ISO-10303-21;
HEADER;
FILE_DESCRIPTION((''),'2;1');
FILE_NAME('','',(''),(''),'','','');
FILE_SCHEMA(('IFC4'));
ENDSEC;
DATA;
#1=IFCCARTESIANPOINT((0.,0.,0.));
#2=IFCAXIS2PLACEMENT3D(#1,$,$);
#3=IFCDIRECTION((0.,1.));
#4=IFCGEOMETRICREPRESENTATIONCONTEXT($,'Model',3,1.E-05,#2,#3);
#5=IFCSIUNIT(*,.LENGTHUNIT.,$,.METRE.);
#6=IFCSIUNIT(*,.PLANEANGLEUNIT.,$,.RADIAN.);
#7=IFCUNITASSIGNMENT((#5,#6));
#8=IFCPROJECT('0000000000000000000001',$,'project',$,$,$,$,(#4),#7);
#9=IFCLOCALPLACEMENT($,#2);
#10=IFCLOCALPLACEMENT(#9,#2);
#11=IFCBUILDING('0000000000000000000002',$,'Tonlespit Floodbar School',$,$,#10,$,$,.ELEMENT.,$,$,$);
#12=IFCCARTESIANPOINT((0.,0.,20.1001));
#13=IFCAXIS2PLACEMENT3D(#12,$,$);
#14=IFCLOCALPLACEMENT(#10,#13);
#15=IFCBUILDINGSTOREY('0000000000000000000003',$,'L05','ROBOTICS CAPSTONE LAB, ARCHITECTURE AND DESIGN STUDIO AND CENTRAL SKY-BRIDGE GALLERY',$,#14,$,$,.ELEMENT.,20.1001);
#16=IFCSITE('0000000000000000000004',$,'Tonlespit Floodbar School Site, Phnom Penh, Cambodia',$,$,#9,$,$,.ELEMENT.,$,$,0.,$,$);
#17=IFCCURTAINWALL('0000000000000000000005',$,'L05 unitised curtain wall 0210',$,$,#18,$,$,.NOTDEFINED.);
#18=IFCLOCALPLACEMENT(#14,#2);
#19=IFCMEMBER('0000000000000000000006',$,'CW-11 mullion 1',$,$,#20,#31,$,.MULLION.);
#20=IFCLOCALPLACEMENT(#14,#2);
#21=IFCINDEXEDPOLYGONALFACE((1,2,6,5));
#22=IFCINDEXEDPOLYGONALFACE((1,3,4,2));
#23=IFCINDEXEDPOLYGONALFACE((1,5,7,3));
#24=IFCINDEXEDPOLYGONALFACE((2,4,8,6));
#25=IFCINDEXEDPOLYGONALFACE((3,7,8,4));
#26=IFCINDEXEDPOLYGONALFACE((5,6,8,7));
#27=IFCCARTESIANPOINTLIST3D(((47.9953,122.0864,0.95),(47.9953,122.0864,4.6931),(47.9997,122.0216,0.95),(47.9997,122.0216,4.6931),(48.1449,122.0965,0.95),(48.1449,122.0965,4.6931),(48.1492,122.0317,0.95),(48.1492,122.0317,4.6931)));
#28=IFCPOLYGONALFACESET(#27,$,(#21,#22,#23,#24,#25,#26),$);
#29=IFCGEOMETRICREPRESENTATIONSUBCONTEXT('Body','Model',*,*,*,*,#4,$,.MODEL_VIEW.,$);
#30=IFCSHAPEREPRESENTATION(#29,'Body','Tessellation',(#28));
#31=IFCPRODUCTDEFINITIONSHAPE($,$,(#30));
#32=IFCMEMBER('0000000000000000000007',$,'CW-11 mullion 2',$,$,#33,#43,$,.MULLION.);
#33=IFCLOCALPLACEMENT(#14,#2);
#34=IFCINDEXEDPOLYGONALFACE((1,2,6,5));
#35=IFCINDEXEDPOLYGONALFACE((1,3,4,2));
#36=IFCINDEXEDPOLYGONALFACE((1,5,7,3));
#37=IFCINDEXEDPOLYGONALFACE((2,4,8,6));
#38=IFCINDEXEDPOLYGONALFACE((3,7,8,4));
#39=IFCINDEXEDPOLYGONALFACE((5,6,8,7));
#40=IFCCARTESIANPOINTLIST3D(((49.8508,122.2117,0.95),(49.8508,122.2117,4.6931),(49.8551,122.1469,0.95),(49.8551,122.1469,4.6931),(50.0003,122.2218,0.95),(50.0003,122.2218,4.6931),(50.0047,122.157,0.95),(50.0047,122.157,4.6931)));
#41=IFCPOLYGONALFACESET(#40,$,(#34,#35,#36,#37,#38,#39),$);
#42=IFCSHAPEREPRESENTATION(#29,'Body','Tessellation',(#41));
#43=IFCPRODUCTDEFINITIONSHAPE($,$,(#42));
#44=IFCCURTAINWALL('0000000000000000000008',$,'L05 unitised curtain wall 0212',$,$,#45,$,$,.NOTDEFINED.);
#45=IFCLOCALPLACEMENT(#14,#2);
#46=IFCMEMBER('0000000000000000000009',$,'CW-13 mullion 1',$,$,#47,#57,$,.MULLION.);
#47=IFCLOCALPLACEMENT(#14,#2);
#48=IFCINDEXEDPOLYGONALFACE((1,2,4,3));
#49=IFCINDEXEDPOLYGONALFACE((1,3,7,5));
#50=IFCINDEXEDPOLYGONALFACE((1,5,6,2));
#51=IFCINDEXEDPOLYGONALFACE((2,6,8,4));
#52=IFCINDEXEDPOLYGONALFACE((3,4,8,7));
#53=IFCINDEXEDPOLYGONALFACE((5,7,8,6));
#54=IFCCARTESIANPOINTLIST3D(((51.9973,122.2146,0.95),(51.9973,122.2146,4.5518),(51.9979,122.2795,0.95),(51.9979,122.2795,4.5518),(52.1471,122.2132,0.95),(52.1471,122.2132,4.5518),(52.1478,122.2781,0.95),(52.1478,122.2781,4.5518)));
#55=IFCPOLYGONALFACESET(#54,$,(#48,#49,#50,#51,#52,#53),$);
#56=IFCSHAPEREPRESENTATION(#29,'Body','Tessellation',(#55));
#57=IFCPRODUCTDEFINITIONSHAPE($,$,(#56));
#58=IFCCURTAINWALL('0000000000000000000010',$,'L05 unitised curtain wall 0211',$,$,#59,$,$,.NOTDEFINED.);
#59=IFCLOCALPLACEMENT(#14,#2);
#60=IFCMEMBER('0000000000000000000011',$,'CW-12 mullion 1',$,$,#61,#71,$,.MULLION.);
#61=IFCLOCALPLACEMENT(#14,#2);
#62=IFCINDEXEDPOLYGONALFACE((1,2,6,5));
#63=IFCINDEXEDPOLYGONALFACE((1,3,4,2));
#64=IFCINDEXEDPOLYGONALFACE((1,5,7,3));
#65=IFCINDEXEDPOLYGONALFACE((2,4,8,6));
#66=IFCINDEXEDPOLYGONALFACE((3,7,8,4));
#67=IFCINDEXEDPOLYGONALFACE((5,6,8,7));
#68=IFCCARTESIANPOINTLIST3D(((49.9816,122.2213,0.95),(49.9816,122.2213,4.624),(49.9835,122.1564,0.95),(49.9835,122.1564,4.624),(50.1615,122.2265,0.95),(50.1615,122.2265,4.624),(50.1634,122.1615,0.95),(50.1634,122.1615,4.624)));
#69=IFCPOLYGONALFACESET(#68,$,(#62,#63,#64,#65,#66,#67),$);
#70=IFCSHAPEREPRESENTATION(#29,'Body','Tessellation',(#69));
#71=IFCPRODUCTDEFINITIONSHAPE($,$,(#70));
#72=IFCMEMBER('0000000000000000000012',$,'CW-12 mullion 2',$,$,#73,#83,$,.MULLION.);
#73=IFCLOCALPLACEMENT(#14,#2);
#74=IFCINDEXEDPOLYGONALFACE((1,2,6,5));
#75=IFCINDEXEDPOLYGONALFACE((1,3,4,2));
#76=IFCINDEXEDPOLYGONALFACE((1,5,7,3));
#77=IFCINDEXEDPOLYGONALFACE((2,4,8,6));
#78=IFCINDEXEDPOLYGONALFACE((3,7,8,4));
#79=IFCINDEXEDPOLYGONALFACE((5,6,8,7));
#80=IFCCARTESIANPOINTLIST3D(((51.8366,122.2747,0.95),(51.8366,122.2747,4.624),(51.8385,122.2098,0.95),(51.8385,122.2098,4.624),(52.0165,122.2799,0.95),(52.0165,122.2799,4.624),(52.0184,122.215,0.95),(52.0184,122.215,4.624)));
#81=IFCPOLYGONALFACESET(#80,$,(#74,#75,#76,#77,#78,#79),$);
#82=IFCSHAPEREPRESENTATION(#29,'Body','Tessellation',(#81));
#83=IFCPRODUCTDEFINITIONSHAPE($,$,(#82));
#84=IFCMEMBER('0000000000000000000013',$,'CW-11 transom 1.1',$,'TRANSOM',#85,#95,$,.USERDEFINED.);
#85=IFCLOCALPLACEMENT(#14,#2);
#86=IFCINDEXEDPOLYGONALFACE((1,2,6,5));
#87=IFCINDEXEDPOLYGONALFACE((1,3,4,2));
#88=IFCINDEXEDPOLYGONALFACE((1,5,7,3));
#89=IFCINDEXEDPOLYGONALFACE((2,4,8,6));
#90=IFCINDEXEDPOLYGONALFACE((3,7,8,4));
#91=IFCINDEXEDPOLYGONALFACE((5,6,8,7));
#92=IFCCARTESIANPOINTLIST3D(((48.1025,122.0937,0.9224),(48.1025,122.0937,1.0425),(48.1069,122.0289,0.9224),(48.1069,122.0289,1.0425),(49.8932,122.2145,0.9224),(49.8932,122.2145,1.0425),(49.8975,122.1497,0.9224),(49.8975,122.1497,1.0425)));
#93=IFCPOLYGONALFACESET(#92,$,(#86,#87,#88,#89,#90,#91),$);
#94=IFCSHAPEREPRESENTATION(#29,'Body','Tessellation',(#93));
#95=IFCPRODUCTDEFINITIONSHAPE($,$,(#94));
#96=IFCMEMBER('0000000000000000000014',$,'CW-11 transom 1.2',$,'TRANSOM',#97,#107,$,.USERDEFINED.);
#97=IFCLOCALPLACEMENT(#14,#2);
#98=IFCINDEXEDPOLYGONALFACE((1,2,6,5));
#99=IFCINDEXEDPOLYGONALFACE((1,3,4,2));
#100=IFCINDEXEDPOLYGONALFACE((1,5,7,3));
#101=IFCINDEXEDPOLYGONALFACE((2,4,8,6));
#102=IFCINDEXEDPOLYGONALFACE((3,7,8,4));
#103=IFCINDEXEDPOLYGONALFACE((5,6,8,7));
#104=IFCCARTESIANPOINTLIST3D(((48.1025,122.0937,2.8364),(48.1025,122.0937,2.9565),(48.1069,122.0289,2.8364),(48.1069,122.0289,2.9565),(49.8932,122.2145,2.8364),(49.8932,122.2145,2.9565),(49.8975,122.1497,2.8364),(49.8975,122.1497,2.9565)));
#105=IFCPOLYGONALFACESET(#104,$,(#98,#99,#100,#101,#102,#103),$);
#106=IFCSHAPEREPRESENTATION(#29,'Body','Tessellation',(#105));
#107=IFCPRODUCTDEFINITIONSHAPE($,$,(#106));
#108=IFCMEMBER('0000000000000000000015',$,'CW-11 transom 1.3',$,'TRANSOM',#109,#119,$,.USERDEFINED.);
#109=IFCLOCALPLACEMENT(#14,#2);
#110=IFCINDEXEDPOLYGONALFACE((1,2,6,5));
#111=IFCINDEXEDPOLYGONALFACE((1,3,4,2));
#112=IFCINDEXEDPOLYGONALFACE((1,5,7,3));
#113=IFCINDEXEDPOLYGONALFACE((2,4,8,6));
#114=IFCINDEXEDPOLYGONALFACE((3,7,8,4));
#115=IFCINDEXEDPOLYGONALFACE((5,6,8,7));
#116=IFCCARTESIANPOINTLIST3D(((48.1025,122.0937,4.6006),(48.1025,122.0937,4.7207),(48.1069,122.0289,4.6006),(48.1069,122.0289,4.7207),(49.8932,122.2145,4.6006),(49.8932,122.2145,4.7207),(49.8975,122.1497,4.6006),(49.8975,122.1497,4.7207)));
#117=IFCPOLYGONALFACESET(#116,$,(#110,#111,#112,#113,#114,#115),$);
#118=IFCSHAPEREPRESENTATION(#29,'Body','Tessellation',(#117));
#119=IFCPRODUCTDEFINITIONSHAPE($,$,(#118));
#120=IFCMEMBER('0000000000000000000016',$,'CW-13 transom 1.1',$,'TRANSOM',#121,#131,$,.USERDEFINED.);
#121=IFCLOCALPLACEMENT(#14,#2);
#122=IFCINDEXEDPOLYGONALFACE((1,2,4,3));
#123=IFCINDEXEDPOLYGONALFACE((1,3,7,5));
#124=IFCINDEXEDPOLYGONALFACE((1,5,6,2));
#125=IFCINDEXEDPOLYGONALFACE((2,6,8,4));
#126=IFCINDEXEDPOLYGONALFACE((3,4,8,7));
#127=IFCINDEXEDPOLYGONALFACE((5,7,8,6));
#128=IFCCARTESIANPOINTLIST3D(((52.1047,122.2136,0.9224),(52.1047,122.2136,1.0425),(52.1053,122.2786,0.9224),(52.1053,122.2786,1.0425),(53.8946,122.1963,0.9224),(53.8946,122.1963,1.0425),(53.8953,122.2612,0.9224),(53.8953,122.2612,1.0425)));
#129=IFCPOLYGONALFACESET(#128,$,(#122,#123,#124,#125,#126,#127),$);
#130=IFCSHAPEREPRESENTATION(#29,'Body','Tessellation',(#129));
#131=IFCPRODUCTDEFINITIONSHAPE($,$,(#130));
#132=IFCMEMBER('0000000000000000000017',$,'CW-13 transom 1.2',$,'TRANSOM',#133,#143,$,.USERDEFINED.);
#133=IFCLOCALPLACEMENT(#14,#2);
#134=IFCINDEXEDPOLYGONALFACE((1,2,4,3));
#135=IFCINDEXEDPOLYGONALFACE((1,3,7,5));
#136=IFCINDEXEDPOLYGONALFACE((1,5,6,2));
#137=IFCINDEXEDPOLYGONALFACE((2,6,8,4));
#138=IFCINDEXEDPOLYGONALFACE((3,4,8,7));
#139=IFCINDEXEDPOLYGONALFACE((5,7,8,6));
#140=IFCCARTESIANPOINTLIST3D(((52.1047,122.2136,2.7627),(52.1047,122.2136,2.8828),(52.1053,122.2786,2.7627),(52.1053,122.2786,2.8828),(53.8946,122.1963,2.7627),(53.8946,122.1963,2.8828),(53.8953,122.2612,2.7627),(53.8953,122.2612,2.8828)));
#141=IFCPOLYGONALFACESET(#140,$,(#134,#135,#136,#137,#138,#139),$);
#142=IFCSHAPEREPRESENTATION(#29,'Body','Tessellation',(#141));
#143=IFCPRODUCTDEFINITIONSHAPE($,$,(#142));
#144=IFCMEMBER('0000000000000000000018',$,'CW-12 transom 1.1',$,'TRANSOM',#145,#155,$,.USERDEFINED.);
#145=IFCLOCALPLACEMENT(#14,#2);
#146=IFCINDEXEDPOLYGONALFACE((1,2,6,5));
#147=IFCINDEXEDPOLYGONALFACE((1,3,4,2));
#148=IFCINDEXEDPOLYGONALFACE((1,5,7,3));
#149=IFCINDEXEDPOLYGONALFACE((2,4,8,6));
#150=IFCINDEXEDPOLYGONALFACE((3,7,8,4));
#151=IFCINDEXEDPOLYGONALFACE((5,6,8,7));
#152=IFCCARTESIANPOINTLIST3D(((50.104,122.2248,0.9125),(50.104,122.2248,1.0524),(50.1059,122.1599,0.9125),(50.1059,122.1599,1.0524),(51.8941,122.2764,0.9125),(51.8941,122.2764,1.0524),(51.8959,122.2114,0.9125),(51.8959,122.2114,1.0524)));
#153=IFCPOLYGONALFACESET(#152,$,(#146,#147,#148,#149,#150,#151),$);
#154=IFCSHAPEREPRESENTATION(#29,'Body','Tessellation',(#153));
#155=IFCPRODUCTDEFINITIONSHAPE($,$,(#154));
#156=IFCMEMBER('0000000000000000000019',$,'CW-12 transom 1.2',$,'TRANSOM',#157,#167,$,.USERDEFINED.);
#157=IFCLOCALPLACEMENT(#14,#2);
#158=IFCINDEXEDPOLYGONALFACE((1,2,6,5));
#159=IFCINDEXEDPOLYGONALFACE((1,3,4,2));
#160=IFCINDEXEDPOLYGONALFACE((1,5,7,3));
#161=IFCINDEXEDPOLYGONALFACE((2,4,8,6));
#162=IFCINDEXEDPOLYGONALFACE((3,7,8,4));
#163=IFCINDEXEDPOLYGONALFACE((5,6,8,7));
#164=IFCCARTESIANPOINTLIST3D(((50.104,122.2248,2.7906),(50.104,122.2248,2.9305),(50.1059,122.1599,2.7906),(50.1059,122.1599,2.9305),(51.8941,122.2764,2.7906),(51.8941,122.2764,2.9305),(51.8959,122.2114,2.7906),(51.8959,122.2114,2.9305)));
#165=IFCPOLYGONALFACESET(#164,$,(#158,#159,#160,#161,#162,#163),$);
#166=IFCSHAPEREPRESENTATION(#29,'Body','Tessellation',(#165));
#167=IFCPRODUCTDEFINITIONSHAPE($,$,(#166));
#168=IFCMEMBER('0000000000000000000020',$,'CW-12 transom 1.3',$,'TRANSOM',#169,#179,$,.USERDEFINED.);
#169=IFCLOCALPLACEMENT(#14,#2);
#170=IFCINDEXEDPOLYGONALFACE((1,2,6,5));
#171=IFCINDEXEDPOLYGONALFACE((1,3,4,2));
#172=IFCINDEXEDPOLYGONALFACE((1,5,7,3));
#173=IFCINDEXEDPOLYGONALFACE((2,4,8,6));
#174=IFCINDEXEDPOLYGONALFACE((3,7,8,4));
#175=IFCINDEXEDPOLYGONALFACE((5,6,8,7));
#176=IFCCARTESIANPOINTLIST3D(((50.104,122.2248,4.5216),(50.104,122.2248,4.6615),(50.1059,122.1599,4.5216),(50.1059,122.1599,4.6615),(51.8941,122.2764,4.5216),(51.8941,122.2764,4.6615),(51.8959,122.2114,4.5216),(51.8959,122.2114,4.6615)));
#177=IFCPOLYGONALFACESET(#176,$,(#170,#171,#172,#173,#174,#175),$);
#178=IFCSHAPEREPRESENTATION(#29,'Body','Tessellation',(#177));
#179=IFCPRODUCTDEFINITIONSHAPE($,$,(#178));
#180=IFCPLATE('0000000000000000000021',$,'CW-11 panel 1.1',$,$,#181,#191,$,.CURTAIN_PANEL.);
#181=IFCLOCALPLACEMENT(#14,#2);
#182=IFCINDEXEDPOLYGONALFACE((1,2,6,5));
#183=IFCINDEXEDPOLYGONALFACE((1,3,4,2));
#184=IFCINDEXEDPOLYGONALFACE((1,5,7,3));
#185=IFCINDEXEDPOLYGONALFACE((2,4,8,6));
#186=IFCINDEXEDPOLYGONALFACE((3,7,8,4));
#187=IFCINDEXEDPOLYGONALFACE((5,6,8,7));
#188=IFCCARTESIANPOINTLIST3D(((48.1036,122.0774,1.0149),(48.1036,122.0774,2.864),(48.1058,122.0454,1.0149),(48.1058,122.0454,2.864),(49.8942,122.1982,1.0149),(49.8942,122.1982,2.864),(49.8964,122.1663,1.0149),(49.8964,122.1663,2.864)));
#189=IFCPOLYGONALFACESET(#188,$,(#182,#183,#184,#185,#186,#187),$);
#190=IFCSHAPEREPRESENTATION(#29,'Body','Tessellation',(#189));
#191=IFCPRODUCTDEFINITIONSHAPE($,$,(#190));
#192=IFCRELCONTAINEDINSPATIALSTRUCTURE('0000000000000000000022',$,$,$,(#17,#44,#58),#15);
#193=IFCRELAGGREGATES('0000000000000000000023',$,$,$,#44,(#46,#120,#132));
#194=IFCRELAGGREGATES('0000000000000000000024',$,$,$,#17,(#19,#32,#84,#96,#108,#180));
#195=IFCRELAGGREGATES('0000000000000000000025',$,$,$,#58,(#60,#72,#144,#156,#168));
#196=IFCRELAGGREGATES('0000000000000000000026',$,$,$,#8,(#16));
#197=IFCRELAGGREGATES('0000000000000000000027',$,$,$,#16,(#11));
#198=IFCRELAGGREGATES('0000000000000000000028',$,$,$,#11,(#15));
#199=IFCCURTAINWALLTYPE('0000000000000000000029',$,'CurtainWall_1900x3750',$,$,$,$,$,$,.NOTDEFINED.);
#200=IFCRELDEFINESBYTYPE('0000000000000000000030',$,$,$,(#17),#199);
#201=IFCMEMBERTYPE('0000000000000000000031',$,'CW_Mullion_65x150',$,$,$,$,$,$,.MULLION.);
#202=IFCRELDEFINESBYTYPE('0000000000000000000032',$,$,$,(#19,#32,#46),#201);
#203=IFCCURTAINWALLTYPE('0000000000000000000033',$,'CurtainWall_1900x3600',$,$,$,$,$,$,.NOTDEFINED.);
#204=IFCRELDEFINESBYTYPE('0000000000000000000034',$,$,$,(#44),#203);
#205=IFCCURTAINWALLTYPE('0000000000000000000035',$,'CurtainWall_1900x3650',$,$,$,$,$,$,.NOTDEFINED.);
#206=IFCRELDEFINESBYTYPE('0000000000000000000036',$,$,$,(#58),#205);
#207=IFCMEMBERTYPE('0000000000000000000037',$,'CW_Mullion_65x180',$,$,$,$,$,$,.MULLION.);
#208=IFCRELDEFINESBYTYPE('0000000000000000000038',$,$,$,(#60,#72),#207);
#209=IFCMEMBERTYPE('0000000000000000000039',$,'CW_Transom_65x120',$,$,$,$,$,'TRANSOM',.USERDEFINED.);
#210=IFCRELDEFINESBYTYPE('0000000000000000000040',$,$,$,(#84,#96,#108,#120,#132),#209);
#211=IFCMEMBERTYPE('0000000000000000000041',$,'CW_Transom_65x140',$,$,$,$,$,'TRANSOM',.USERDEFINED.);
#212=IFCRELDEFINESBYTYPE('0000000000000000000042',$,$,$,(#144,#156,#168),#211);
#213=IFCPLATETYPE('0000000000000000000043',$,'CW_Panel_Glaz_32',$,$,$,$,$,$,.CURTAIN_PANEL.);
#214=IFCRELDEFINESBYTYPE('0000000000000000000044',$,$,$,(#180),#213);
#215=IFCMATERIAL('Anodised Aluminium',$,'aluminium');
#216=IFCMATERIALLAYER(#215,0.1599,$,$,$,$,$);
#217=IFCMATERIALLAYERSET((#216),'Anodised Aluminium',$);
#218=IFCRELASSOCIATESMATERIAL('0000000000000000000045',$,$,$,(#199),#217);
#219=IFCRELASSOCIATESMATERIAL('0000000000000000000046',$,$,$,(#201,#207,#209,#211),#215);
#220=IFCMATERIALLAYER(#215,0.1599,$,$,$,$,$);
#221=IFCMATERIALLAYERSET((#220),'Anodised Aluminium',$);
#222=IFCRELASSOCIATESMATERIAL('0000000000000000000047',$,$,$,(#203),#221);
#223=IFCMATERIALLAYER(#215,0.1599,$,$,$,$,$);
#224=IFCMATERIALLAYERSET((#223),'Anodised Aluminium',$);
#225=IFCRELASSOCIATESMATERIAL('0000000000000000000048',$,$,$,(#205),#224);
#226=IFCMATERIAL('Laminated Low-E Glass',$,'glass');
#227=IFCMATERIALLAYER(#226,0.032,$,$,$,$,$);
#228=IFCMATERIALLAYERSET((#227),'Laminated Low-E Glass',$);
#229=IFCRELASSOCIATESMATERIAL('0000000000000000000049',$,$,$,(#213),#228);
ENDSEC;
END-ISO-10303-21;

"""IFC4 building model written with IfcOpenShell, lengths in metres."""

from ifc_helpers import new_model, si_unit, direction, frame, origin, origin_2d, place, context, subcontext, project, spatial, rectangle, extrude, material, layer, layer_set, material_profile, profile_set, type_object, element, aggregate, save


model = new_model("IFC4")

# Units and contexts
model_context = context("Model", 3, precision=1e-05, world=origin(), true_north=direction((0.0, 1.0)))
body_context = subcontext(model_context, "Body", "Model", "MODEL_VIEW")
ifc_project = project(units=[si_unit("LENGTHUNIT", "METRE"), si_unit("PLANEANGLEUNIT", "RADIAN")], contexts=[model_context])

# Site, building, storey
site_placement = place(None, origin())
site = spatial("IfcSite", under=ifc_project, at=site_placement, Name="Tonlespit Floodbar School Site, Phnom Penh, Cambodia", CompositionType="ELEMENT", RefElevation=0.0)
building_placement = place(site_placement, origin())
building = spatial("IfcBuilding", under=site, at=building_placement, Name="Tonlespit Floodbar School", CompositionType="ELEMENT")
storey_placement = place(building_placement, frame((0.0, 0.0, 20.1001)))
storey = spatial("IfcBuildingStorey", under=building, at=storey_placement, Name="L05", Description="ROBOTICS CAPSTONE LAB, ARCHITECTURE AND DESIGN STUDIO AND CENTRAL SKY-BRIDGE GALLERY", CompositionType="ELEMENT", Elevation=20.1001)

# Curtain wall, members
ifc_material_1 = material(Name="Anodised Aluminium", Category="aluminium")
ifc_layer_1 = layer(ifc_material_1, 0.1599)
ifc_layer_set_1 = layer_set([ifc_layer_1], Name="Anodised Aluminium")
curtain_wall_type_1 = type_object("IfcCurtainWallType", Name="CurtainWall_1900x3750", PredefinedType="NOTDEFINED", material=ifc_layer_set_1)
curtain_wall_1_placement = place(storey_placement, origin())
curtain_wall_1 = element("IfcCurtainWall", 1, at=curtain_wall_1_placement, inside=storey, type_object=curtain_wall_type_1, Name="L05 unitised curtain wall 0210", PredefinedType="NOTDEFINED")
ifc_material_profile_1 = material_profile(ifc_material_1, rectangle(XDim=0.0649, YDim=0.1499, at=origin_2d()), Name="ALU M65x150")
ifc_profile_set_1 = profile_set([ifc_material_profile_1], Name="Anodised Aluminium")
member_type_1 = type_object("IfcMemberType", Name="CW_Mullion_65x150", PredefinedType="MULLION", material=ifc_profile_set_1)
member_1_placement = place(storey_placement, frame((48.0723, 122.0591, 0.95), z_axis=(0.0, 0.0, 1.0), x_axis=(-0.06734, 0.99773, 0.0)))
member_1 = element("IfcMember", 2, at=member_1_placement, type_object=member_type_1, Name="CW-11 mullion 1", PredefinedType="MULLION", context=body_context, shape_type="SweptSolid", body=[
    extrude(rectangle(XDim=0.0649, YDim=0.1499, at=origin_2d()), origin(), (0.0, 0.0, 1.0), 3.7432),
])
member_2_placement = place(storey_placement, frame((49.9277, 122.1843, 0.95), z_axis=(0.0, 0.0, 1.0), x_axis=(-0.06734, 0.99773, 0.0)))
member_2 = element("IfcMember", 3, at=member_2_placement, type_object=member_type_1, Name="CW-11 mullion 2", PredefinedType="MULLION", context=body_context, shape_type="SweptSolid", body=[
    extrude(rectangle(XDim=0.0649, YDim=0.1499, at=origin_2d()), origin(), (0.0, 0.0, 1.0), 3.7432),
])

# Curtain wall, member
ifc_layer_2 = layer(ifc_material_1, 0.1599)
ifc_layer_set_2 = layer_set([ifc_layer_2], Name="Anodised Aluminium")
curtain_wall_type_2 = type_object("IfcCurtainWallType", Name="CurtainWall_1900x3600", PredefinedType="NOTDEFINED", material=ifc_layer_set_2)
curtain_wall_2_placement = place(storey_placement, origin())
curtain_wall_2 = element("IfcCurtainWall", 4, at=curtain_wall_2_placement, inside=storey, type_object=curtain_wall_type_2, Name="L05 unitised curtain wall 0212", PredefinedType="NOTDEFINED")
member_3_placement = place(storey_placement, frame((52.0725, 122.2463, 0.95), z_axis=(0.0, 0.0, 1.0), x_axis=(0.009583, 0.999954, 0.0)))
member_3 = element("IfcMember", 5, at=member_3_placement, type_object=member_type_1, Name="CW-13 mullion 1", PredefinedType="MULLION", context=body_context, shape_type="SweptSolid", body=[
    extrude(rectangle(XDim=0.0649, YDim=0.1499, at=origin_2d()), origin(), (0.0, 0.0, 1.0), 3.6018),
])

# Curtain wall, members
ifc_layer_3 = layer(ifc_material_1, 0.1599)
ifc_layer_set_3 = layer_set([ifc_layer_3], Name="Anodised Aluminium")
curtain_wall_type_3 = type_object("IfcCurtainWallType", Name="CurtainWall_1900x3650", PredefinedType="NOTDEFINED", material=ifc_layer_set_3)
curtain_wall_3_placement = place(storey_placement, origin())
curtain_wall_3 = element("IfcCurtainWall", 6, at=curtain_wall_3_placement, inside=storey, type_object=curtain_wall_type_3, Name="L05 unitised curtain wall 0211", PredefinedType="NOTDEFINED")
ifc_material_profile_2 = material_profile(ifc_material_1, rectangle(XDim=0.0649, YDim=0.1799, at=origin_2d()), Name="ALU M65x180")
ifc_profile_set_2 = profile_set([ifc_material_profile_2], Name="Anodised Aluminium")
member_type_2 = type_object("IfcMemberType", Name="CW_Mullion_65x180", PredefinedType="MULLION", material=ifc_profile_set_2)
member_4_placement = place(storey_placement, frame((50.0725, 122.1914, 0.95), z_axis=(0.0, 0.0, 1.0), x_axis=(-0.02879, 0.999585, 0.0)))
member_4 = element("IfcMember", 7, at=member_4_placement, type_object=member_type_2, Name="CW-12 mullion 1", PredefinedType="MULLION", context=body_context, shape_type="SweptSolid", body=[
    extrude(rectangle(XDim=0.0649, YDim=0.1799, at=origin_2d()), origin(), (0.0, 0.0, 1.0), 3.6741),
])
member_5_placement = place(storey_placement, frame((51.9275, 122.2449, 0.95), z_axis=(0.0, 0.0, 1.0), x_axis=(-0.02879, 0.999585, 0.0)))
member_5 = element("IfcMember", 8, at=member_5_placement, type_object=member_type_2, Name="CW-12 mullion 2", PredefinedType="MULLION", context=body_context, shape_type="SweptSolid", body=[
    extrude(rectangle(XDim=0.0649, YDim=0.1799, at=origin_2d()), origin(), (0.0, 0.0, 1.0), 3.6741),
])

# Members
ifc_material_profile_3 = material_profile(ifc_material_1, rectangle(XDim=0.0649, YDim=0.1201, at=origin_2d()), Name="ALU T65x120")
ifc_profile_set_3 = profile_set([ifc_material_profile_3], Name="Anodised Aluminium")
member_type_3 = type_object("IfcMemberType", Name="CW_Transom_65x120", ElementType="TRANSOM", PredefinedType="USERDEFINED", material=ifc_profile_set_3)
member_6_placement = place(storey_placement, frame((48.1047, 122.0613, 0.9824), z_axis=(0.99773, 0.067341, 0.0), x_axis=(-0.067341, 0.99773, 0.0)))
member_6 = element("IfcMember", 9, at=member_6_placement, type_object=member_type_3, Name="CW-11 transom 1.1", ObjectType="TRANSOM", PredefinedType="USERDEFINED", context=body_context, shape_type="SweptSolid", body=[
    extrude(rectangle(XDim=0.0649, YDim=0.1201, at=origin_2d()), origin(), (0.0, 0.0, 1.0), 1.7947),
])
member_7_placement = place(storey_placement, frame((48.1047, 122.0613, 2.8965), z_axis=(0.99773, 0.067341, 0.0), x_axis=(-0.067341, 0.99773, 0.0)))
member_7 = element("IfcMember", 10, at=member_7_placement, type_object=member_type_3, Name="CW-11 transom 1.2", ObjectType="TRANSOM", PredefinedType="USERDEFINED", context=body_context, shape_type="SweptSolid", body=[
    extrude(rectangle(XDim=0.0649, YDim=0.1201, at=origin_2d()), origin(), (0.0, 0.0, 1.0), 1.7947),
])
member_8_placement = place(storey_placement, frame((48.1047, 122.0613, 4.6606), z_axis=(0.99773, 0.067341, 0.0), x_axis=(-0.067341, 0.99773, 0.0)))
member_8 = element("IfcMember", 11, at=member_8_placement, type_object=member_type_3, Name="CW-11 transom 1.3", ObjectType="TRANSOM", PredefinedType="USERDEFINED", context=body_context, shape_type="SweptSolid", body=[
    extrude(rectangle(XDim=0.0649, YDim=0.1201, at=origin_2d()), origin(), (0.0, 0.0, 1.0), 1.7947),
])
member_9_placement = place(storey_placement, frame((52.105, 122.2461, 0.9824), z_axis=(0.999953, -0.009683, 0.0), x_axis=(0.009683, 0.999953, 0.0)))
member_9 = element("IfcMember", 12, at=member_9_placement, type_object=member_type_3, Name="CW-13 transom 1.1", ObjectType="TRANSOM", PredefinedType="USERDEFINED", context=body_context, shape_type="SweptSolid", body=[
    extrude(rectangle(XDim=0.0649, YDim=0.1201, at=origin_2d()), origin(), (0.0, 0.0, 1.0), 1.79),
])
member_10_placement = place(storey_placement, frame((52.105, 122.2461, 2.8228), z_axis=(0.999953, -0.009683, 0.0), x_axis=(0.009683, 0.999953, 0.0)))
member_10 = element("IfcMember", 13, at=member_10_placement, type_object=member_type_3, Name="CW-13 transom 1.2", ObjectType="TRANSOM", PredefinedType="USERDEFINED", context=body_context, shape_type="SweptSolid", body=[
    extrude(rectangle(XDim=0.0649, YDim=0.1201, at=origin_2d()), origin(), (0.0, 0.0, 1.0), 1.79),
])
aggregate(curtain_wall_2, [member_3, member_9, member_10])
ifc_material_profile_4 = material_profile(ifc_material_1, rectangle(XDim=0.0649, YDim=0.1399, at=origin_2d()), Name="ALU T65x140")
ifc_profile_set_4 = profile_set([ifc_material_profile_4], Name="Anodised Aluminium")
member_type_4 = type_object("IfcMemberType", Name="CW_Transom_65x140", ElementType="TRANSOM", PredefinedType="USERDEFINED", material=ifc_profile_set_4)
member_11_placement = place(storey_placement, frame((50.105, 122.1924, 0.9824), z_axis=(0.999586, 0.028766, 0.0), x_axis=(-0.028766, 0.999586, 0.0)))
member_11 = element("IfcMember", 14, at=member_11_placement, type_object=member_type_4, Name="CW-12 transom 1.1", ObjectType="TRANSOM", PredefinedType="USERDEFINED", context=body_context, shape_type="SweptSolid", body=[
    extrude(rectangle(XDim=0.0649, YDim=0.1399, at=origin_2d()), origin(), (0.0, 0.0, 1.0), 1.7908),
])
member_12_placement = place(storey_placement, frame((50.105, 122.1924, 2.8606), z_axis=(0.999586, 0.028766, 0.0), x_axis=(-0.028766, 0.999586, 0.0)))
member_12 = element("IfcMember", 15, at=member_12_placement, type_object=member_type_4, Name="CW-12 transom 1.2", ObjectType="TRANSOM", PredefinedType="USERDEFINED", context=body_context, shape_type="SweptSolid", body=[
    extrude(rectangle(XDim=0.0649, YDim=0.1399, at=origin_2d()), origin(), (0.0, 0.0, 1.0), 1.7908),
])
member_13_placement = place(storey_placement, frame((50.105, 122.1924, 4.5916), z_axis=(0.999586, 0.028766, 0.0), x_axis=(-0.028766, 0.999586, 0.0)))
member_13 = element("IfcMember", 16, at=member_13_placement, type_object=member_type_4, Name="CW-12 transom 1.3", ObjectType="TRANSOM", PredefinedType="USERDEFINED", context=body_context, shape_type="SweptSolid", body=[
    extrude(rectangle(XDim=0.0649, YDim=0.1399, at=origin_2d()), origin(), (0.0, 0.0, 1.0), 1.7908),
])

# Plate
ifc_material_2 = material(Name="Laminated Low-E Glass", Category="glass")
ifc_layer_4 = layer(ifc_material_2, 0.032)
ifc_layer_set_4 = layer_set([ifc_layer_4], Name="Laminated Low-E Glass")
plate_type_1 = type_object("IfcPlateType", Name="CW_Panel_Glaz_32", PredefinedType="CURTAIN_PANEL", material=ifc_layer_set_4)
plate_1_placement = place(storey_placement, frame((49.0, 122.1218, 1.0149), z_axis=(0.0, 0.0, 1.0), x_axis=(0.99773, 0.06734, 0.0)))
plate_1 = element("IfcPlate", 17, at=plate_1_placement, type_object=plate_type_1, Name="CW-11 panel 1.1", PredefinedType="CURTAIN_PANEL", context=body_context, shape_type="SweptSolid", body=[
    extrude(rectangle(XDim=1.7947, YDim=0.032, at=origin_2d()), origin(), (0.0, 0.0, 1.0), 1.8491),
])
aggregate(curtain_wall_1, [member_1, member_2, member_6, member_7, member_8, plate_1])
aggregate(curtain_wall_3, [member_4, member_5, member_11, member_12, member_13])

save(model, "model.ifc")
